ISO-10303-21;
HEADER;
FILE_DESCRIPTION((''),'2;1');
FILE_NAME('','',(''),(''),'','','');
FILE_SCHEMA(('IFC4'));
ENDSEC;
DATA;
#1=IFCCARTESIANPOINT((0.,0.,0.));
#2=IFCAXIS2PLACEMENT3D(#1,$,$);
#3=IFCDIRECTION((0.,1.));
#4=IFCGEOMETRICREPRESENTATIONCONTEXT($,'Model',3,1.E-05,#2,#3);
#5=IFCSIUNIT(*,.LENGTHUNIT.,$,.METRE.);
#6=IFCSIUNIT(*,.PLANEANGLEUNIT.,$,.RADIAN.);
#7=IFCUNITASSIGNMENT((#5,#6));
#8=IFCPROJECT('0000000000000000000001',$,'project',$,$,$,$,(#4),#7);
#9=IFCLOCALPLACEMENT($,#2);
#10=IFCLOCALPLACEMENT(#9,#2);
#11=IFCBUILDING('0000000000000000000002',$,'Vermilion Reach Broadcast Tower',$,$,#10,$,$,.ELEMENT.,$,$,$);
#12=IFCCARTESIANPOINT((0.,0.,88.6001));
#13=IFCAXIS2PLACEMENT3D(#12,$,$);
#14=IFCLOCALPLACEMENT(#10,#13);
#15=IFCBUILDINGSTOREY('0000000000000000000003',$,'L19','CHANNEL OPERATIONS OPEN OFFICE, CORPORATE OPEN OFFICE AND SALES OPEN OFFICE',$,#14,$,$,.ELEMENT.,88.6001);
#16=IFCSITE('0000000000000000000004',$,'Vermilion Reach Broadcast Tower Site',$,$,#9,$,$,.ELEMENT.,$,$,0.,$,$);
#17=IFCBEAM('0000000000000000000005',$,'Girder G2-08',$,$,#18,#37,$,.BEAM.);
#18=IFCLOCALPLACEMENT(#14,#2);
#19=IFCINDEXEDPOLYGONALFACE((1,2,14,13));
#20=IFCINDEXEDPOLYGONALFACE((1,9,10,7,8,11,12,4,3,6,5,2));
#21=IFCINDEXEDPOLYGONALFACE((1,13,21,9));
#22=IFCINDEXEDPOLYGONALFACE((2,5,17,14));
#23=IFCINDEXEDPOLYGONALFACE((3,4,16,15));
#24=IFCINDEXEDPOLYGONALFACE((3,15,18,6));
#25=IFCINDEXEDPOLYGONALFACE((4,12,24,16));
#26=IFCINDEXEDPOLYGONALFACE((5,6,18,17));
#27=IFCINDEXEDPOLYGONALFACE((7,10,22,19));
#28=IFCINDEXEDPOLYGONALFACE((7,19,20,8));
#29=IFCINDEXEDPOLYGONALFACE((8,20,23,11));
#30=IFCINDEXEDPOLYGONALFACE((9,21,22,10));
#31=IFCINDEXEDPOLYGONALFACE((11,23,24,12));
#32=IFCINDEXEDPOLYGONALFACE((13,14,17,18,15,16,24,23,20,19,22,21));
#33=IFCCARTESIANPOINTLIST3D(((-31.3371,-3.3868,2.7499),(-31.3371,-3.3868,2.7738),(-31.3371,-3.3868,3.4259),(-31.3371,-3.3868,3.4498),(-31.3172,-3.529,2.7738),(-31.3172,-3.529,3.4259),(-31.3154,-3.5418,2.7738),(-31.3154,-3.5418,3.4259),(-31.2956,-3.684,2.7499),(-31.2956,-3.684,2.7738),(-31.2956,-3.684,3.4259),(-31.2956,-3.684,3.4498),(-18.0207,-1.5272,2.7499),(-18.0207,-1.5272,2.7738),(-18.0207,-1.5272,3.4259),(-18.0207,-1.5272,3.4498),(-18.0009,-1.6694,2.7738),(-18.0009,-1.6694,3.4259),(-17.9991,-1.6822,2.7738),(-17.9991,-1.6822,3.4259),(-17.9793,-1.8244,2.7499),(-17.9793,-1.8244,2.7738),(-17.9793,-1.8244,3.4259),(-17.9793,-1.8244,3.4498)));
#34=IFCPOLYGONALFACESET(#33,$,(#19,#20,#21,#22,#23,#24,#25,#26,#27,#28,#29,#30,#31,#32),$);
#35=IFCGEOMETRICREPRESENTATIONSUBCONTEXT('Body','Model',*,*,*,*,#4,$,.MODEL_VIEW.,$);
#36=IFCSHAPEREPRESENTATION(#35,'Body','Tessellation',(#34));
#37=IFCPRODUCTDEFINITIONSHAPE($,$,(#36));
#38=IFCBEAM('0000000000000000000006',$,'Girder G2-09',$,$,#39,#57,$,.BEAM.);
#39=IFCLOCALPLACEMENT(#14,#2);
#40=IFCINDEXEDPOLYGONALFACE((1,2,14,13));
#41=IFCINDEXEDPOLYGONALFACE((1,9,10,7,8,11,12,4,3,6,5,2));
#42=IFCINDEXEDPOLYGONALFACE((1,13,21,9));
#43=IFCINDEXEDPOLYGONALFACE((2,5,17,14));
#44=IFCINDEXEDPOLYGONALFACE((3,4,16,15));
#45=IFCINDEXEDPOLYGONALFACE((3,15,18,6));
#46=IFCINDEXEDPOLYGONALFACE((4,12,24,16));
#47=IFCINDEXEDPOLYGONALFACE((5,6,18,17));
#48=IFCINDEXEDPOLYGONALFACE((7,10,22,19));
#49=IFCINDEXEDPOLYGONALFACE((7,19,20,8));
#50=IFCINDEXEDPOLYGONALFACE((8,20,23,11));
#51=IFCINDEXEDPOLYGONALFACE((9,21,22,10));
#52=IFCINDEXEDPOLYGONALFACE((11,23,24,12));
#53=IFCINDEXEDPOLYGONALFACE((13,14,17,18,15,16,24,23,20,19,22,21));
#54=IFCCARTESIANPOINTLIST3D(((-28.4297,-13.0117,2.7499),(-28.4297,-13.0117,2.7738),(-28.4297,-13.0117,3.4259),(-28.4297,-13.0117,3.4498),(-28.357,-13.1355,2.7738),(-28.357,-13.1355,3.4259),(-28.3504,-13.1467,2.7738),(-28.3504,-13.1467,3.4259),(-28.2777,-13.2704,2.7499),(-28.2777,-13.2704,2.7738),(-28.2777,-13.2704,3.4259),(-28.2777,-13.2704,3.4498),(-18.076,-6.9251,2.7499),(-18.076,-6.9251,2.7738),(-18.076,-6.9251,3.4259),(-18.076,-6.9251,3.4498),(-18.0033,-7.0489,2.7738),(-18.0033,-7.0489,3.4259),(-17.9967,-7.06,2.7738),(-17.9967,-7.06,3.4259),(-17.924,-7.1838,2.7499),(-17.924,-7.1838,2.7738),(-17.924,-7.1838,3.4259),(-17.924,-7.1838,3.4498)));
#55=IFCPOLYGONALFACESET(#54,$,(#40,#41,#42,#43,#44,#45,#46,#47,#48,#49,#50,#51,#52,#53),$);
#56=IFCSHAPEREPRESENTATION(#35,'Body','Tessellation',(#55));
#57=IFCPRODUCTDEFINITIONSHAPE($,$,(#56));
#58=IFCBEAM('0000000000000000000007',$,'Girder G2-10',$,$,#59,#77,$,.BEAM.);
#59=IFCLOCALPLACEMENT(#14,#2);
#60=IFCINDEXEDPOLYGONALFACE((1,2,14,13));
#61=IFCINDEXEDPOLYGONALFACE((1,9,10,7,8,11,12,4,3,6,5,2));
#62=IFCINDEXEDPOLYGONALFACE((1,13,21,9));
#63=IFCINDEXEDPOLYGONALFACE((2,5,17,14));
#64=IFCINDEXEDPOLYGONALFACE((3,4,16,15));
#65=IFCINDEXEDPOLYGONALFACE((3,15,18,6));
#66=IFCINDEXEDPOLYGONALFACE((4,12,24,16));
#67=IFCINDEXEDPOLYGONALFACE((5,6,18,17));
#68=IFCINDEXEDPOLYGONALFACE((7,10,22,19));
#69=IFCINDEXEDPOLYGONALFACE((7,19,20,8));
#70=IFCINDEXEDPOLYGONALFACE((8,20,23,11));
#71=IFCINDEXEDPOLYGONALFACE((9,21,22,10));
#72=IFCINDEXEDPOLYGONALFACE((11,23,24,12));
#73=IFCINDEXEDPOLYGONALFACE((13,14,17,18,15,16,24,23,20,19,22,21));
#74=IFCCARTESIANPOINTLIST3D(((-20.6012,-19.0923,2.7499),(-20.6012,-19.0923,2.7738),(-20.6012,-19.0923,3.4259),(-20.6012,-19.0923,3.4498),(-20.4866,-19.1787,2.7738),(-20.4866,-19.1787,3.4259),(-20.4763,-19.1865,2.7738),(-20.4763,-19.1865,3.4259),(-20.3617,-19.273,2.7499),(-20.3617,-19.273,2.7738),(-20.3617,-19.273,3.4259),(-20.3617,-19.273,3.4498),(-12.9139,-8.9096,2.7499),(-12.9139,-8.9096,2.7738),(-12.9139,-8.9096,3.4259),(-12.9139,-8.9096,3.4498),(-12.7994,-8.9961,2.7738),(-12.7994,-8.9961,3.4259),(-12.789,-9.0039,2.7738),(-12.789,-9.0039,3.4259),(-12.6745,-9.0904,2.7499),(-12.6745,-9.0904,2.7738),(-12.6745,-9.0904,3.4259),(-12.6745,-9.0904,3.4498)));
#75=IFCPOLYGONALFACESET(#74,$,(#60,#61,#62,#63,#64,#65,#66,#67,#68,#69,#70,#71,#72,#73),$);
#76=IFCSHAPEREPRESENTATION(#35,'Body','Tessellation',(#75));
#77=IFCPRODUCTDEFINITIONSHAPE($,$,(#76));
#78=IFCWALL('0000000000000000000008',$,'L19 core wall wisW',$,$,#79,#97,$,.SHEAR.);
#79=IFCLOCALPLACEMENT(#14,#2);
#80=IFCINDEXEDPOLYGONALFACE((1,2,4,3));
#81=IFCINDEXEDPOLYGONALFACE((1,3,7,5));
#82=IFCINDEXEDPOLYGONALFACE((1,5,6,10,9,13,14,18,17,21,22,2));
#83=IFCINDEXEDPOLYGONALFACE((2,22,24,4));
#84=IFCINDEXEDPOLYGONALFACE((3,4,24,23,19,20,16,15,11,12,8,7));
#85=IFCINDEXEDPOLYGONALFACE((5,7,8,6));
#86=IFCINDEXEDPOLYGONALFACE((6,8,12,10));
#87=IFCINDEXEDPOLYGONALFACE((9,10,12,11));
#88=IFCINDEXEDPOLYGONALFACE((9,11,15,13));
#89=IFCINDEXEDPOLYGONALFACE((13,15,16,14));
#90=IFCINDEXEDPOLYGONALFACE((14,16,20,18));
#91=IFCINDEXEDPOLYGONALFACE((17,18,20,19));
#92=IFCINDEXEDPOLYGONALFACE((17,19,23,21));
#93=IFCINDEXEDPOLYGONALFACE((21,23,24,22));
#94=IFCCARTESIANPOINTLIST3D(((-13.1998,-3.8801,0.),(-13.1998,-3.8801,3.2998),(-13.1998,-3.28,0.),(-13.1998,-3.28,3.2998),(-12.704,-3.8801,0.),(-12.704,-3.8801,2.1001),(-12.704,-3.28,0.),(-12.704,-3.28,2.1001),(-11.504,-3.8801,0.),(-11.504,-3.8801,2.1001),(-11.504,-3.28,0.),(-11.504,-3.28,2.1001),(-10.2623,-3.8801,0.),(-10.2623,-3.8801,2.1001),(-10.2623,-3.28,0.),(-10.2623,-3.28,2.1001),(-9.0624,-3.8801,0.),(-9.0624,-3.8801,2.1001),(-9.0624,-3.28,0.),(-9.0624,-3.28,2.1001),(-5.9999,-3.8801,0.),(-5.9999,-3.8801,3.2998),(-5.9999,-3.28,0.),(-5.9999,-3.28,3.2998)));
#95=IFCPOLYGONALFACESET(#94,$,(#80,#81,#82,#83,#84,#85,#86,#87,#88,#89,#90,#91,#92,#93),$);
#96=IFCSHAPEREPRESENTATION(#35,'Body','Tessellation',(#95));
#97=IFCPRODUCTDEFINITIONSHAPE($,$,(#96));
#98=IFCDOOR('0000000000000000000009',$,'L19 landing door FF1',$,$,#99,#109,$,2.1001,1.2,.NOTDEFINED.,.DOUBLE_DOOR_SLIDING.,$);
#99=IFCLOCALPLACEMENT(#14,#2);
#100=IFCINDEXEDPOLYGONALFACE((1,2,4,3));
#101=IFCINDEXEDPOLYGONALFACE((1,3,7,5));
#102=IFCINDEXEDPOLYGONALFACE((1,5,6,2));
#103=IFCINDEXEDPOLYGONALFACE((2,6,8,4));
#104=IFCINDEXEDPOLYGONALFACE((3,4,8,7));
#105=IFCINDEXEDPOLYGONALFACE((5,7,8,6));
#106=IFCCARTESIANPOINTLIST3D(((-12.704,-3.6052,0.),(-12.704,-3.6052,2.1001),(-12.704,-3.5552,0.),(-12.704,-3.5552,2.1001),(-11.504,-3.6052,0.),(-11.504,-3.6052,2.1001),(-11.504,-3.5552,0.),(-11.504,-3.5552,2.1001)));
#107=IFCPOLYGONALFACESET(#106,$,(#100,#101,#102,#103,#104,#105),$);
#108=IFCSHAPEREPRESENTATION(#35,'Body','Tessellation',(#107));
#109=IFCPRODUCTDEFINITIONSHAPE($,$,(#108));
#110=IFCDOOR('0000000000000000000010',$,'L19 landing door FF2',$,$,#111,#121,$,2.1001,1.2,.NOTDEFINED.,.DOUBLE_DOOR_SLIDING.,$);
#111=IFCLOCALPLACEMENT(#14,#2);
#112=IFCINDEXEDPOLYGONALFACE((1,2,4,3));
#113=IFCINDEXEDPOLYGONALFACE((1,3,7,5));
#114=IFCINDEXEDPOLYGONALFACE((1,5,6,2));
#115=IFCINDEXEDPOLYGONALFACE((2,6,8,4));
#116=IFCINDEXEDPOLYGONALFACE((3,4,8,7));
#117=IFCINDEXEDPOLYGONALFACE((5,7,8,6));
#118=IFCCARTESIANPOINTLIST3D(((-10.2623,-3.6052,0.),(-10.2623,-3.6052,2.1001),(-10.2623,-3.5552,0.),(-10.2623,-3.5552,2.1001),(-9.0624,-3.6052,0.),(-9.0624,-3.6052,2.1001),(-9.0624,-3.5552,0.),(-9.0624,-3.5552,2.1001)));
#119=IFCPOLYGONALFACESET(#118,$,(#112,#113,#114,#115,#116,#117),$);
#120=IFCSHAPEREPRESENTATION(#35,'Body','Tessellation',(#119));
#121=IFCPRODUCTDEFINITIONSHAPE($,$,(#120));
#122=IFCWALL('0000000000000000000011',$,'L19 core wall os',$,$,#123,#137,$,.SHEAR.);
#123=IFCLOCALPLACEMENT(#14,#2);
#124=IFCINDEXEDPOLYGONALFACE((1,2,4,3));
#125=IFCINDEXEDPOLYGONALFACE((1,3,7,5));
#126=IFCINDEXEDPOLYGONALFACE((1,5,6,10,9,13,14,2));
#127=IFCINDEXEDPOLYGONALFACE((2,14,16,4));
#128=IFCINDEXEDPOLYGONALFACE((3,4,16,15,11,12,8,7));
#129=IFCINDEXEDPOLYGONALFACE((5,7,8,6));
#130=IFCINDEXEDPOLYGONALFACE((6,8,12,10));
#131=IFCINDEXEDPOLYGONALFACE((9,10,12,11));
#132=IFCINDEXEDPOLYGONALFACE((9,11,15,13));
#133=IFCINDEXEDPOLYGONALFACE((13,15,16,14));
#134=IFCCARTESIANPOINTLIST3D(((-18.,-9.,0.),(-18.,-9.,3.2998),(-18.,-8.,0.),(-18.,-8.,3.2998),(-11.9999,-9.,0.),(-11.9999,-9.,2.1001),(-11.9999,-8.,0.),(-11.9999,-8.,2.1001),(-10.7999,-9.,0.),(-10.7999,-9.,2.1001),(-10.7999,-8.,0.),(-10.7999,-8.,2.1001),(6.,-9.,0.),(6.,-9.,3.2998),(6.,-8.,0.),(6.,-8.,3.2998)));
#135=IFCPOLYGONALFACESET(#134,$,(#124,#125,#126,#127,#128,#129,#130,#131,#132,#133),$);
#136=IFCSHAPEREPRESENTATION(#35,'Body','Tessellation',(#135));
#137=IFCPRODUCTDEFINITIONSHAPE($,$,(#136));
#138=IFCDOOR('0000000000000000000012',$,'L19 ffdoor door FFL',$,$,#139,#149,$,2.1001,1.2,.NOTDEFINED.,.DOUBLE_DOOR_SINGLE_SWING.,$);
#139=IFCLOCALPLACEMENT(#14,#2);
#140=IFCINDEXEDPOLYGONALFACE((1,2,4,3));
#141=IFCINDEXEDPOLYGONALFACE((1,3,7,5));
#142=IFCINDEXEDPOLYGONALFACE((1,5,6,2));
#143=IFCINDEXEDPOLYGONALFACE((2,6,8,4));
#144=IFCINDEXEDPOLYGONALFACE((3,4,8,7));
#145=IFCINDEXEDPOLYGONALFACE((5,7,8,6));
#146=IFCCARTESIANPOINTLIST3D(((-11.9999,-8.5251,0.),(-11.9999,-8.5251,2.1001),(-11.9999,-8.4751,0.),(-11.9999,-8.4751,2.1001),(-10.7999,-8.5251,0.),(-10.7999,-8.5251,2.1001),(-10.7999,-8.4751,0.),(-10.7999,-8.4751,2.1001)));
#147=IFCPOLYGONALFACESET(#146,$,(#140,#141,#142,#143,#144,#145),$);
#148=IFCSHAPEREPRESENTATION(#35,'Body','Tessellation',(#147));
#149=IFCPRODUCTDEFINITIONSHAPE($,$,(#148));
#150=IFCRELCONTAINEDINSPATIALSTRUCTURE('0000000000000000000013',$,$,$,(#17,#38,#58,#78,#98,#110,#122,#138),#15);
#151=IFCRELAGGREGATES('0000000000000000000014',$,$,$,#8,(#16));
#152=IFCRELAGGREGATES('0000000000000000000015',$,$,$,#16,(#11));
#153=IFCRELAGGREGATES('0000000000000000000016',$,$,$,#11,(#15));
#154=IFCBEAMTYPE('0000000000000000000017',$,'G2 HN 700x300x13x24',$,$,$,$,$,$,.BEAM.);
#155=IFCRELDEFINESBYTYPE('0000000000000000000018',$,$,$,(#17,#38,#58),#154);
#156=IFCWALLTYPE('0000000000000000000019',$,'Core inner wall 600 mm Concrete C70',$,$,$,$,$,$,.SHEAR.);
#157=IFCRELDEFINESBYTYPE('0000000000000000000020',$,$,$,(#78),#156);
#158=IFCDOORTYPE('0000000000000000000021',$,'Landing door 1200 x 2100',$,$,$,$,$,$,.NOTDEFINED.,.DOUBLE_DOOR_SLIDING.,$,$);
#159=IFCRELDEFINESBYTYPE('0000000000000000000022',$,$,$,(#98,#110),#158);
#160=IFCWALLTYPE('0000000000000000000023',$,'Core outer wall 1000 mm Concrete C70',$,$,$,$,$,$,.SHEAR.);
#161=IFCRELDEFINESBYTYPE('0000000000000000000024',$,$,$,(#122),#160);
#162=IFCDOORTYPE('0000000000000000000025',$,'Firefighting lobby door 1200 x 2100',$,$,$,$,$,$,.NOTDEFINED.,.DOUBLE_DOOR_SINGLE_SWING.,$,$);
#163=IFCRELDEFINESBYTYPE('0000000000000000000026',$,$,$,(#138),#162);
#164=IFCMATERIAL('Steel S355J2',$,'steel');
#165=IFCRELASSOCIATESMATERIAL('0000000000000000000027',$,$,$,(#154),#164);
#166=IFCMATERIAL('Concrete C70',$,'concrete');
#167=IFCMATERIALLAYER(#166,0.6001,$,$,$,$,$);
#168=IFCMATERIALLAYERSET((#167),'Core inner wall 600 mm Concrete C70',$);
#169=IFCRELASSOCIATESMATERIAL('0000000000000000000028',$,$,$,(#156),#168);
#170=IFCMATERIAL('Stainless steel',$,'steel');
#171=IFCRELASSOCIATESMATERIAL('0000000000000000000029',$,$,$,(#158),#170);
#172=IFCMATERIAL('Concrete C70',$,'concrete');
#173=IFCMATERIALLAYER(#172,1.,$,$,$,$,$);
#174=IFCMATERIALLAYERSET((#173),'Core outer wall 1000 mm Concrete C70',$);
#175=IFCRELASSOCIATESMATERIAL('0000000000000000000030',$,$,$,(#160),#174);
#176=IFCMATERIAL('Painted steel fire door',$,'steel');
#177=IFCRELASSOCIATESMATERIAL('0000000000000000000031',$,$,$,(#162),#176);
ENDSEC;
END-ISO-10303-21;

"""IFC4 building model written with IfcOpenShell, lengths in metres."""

from ifc_helpers import new_model, si_unit, direction, frame, frame_2d, origin, origin_2d, place, context, subcontext, project, spatial, rectangle, i_section, extrude, material, layer, layer_set, material_profile, profile_set, type_object, element, fill, save


model = new_model("IFC4")

# Units and contexts
model_context = context("Model", 3, precision=1e-05, world=origin(), true_north=direction((0.0, 1.0)))
body_context = subcontext(model_context, "Body", "Model", "MODEL_VIEW")
ifc_project = project(units=[si_unit("LENGTHUNIT", "METRE"), si_unit("PLANEANGLEUNIT", "RADIAN")], contexts=[model_context])

# Site, building, storey
site_placement = place(None, origin())
site = spatial("IfcSite", under=ifc_project, at=site_placement, Name="Vermilion Reach Broadcast Tower Site", CompositionType="ELEMENT", RefElevation=0.0)
building_placement = place(site_placement, origin())
building = spatial("IfcBuilding", under=site, at=building_placement, Name="Vermilion Reach Broadcast Tower", CompositionType="ELEMENT")
storey_placement = place(building_placement, frame((0.0, 0.0, 88.6001)))
storey = spatial("IfcBuildingStorey", under=building, at=storey_placement, Name="L19", Description="CHANNEL OPERATIONS OPEN OFFICE, CORPORATE OPEN OFFICE AND SALES OPEN OFFICE", CompositionType="ELEMENT", Elevation=88.6001)

# Beams
ifc_material_1 = material(Name="Steel S355J2", Category="steel")
ifc_material_profile = material_profile(ifc_material_1, i_section(OverallWidth=0.3, OverallDepth=0.7, WebThickness=0.0129, FlangeThickness=0.0239, at=origin_2d()), Name="S355J2 HN 700x300x13x24")
ifc_profile_set = profile_set([ifc_material_profile], Name="Steel S355J2")
beam_type = type_object("IfcBeamType", Name="G2 HN 700x300x13x24", PredefinedType="BEAM", material=ifc_profile_set)
beam_1_placement = place(storey_placement, frame((-18.0, -1.6758, 3.0999), z_axis=(-0.990389, -0.138307, 0.0), x_axis=(0.138307, -0.990389, 0.0)))
element("IfcBeam", 1, at=beam_1_placement, inside=storey, type_object=beam_type, Name="Girder G2-08", PredefinedType="BEAM", context=body_context, shape_type="SweptSolid", body=[
    extrude(i_section(OverallWidth=0.3, OverallDepth=0.7, WebThickness=0.0129, FlangeThickness=0.0239, at=origin_2d()), origin(), (0.0, 0.0, 1.0), 13.4456),
])
beam_2_placement = place(storey_placement, frame((-18.0, -7.0544, 3.0999), z_axis=(-0.862072, -0.506786, 0.0), x_axis=(0.506786, -0.862072, 0.0)))
element("IfcBeam", 2, at=beam_2_placement, inside=storey, type_object=beam_type, Name="Girder G2-09", PredefinedType="BEAM", context=body_context, shape_type="SweptSolid", body=[
    extrude(i_section(OverallWidth=0.3, OverallDepth=0.7, WebThickness=0.0129, FlangeThickness=0.0239, at=origin_2d()), origin(), (0.0, 0.0, 1.0), 12.0103),
])
beam_3_placement = place(storey_placement, frame((-12.7942, -9.0, 3.0999), z_axis=(-0.60252, -0.798104, 0.0), x_axis=(0.798104, -0.60252, 0.0)))
element("IfcBeam", 3, at=beam_3_placement, inside=storey, type_object=beam_type, Name="Girder G2-10", PredefinedType="BEAM", context=body_context, shape_type="SweptSolid", body=[
    extrude(i_section(OverallWidth=0.3, OverallDepth=0.7, WebThickness=0.0129, FlangeThickness=0.0239, at=origin_2d()), origin(), (0.0, 0.0, 1.0), 12.7585),
])

# Wall, openings, doors
ifc_material_2 = material(Name="Concrete C70", Category="concrete")
ifc_layer_1 = layer(ifc_material_2, 0.6001)
ifc_layer_set_1 = layer_set([ifc_layer_1], Name="Core inner wall 600 mm Concrete C70")
wall_type_1 = type_object("IfcWallType", Name="Core inner wall 600 mm Concrete C70", PredefinedType="SHEAR", material=ifc_layer_set_1)
wall_1_placement = place(storey_placement, frame((-13.2, -3.5801, 0.0), z_axis=(0.0, 0.0, 1.0), x_axis=(1.0, 0.0, 0.0)))
wall_1 = element("IfcWall", 4, at=wall_1_placement, inside=storey, type_object=wall_type_1, Name="L19 core wall wisW", PredefinedType="SHEAR", context=body_context, shape_type="SweptSolid", body=[
    extrude(rectangle(XDim=7.2, YDim=0.6001, at=frame_2d((3.6001, 0.0))), origin(), (0.0, 0.0, 1.0), 3.2998),
])
opening_1_placement = place(wall_1_placement, frame((0.4958, 0.0, 0.0)))
opening_1 = element("IfcOpeningElement", 5, at=opening_1_placement, cuts=wall_1, PredefinedType="OPENING", context=body_context, shape_type="SweptSolid", body=[
    extrude(rectangle(XDim=1.2, YDim=2.1001, at=frame_2d((0.6001, 1.05))), frame((0.0, 0.3101, 0.0), z_axis=(0.0, -1.0, 0.0), x_axis=(1.0, 0.0, 0.0)), (0.0, 0.0, 1.0), 0.6201),
])
opening_2_placement = place(wall_1_placement, frame((2.9375, 0.0, 0.0)))
opening_2 = element("IfcOpeningElement", 6, at=opening_2_placement, cuts=wall_1, PredefinedType="OPENING", context=body_context, shape_type="SweptSolid", body=[
    extrude(rectangle(XDim=1.2, YDim=2.1001, at=frame_2d((0.6001, 1.05))), frame((0.0, 0.3101, 0.0), z_axis=(0.0, -1.0, 0.0), x_axis=(1.0, 0.0, 0.0)), (0.0, 0.0, 1.0), 0.6201),
])
ifc_material_3 = material(Name="Stainless steel", Category="steel")
door_type_1 = type_object("IfcDoorType", Name="Landing door 1200 x 2100", OperationType="DOUBLE_DOOR_SLIDING", PredefinedType="NOTDEFINED", material=ifc_material_3)
door_1_placement = place(opening_1_placement, origin())
door_1 = element("IfcDoor", 7, at=door_1_placement, inside=storey, type_object=door_type_1, Name="L19 landing door FF1", OperationType="DOUBLE_DOOR_SLIDING", OverallHeight=2.1001, OverallWidth=1.2, PredefinedType="NOTDEFINED", context=body_context, shape_type="SweptSolid", body=[
    extrude(rectangle(XDim=1.2, YDim=2.1001, at=frame_2d((0.6001, 1.05))), frame((0.0, 0.0249, 0.0), z_axis=(0.0, -1.0, 0.0), x_axis=(1.0, 0.0, 0.0)), (0.0, 0.0, 1.0), 0.05),
])
fill(opening_1, door_1)
door_2_placement = place(opening_2_placement, origin())
door_2 = element("IfcDoor", 8, at=door_2_placement, inside=storey, type_object=door_type_1, Name="L19 landing door FF2", OperationType="DOUBLE_DOOR_SLIDING", OverallHeight=2.1001, OverallWidth=1.2, PredefinedType="NOTDEFINED", context=body_context, shape_type="SweptSolid", body=[
    extrude(rectangle(XDim=1.2, YDim=2.1001, at=frame_2d((0.6001, 1.05))), frame((0.0, 0.0249, 0.0), z_axis=(0.0, -1.0, 0.0), x_axis=(1.0, 0.0, 0.0)), (0.0, 0.0, 1.0), 0.05),
])
fill(opening_2, door_2)

# Wall, opening, door
ifc_material_4 = material(Name="Concrete C70", Category="concrete")
ifc_layer_2 = layer(ifc_material_4, 1.0)
ifc_layer_set_2 = layer_set([ifc_layer_2], Name="Core outer wall 1000 mm Concrete C70")
wall_type_2 = type_object("IfcWallType", Name="Core outer wall 1000 mm Concrete C70", PredefinedType="SHEAR", material=ifc_layer_set_2)
wall_2_placement = place(storey_placement, frame((-18.0, -8.5, 0.0), z_axis=(0.0, 0.0, 1.0), x_axis=(1.0, 0.0, 0.0)))
wall_2 = element("IfcWall", 9, at=wall_2_placement, inside=storey, type_object=wall_type_2, Name="L19 core wall os", PredefinedType="SHEAR", context=body_context, shape_type="SweptSolid", body=[
    extrude(rectangle(XDim=24.0, YDim=1.0, at=frame_2d((12.0, 0.0))), origin(), (0.0, 0.0, 1.0), 3.2998),
])
opening_3_placement = place(wall_2_placement, frame((6.0, 0.0, 0.0)))
opening_3 = element("IfcOpeningElement", 10, at=opening_3_placement, cuts=wall_2, PredefinedType="OPENING", context=body_context, shape_type="SweptSolid", body=[
    extrude(rectangle(XDim=1.2, YDim=2.1001, at=frame_2d((0.6001, 1.05))), frame((0.0, 0.51, 0.0), z_axis=(0.0, -1.0, 0.0), x_axis=(1.0, 0.0, 0.0)), (0.0, 0.0, 1.0), 1.02),
])
ifc_material_5 = material(Name="Painted steel fire door", Category="steel")
door_type_2 = type_object("IfcDoorType", Name="Firefighting lobby door 1200 x 2100", OperationType="DOUBLE_DOOR_SINGLE_SWING", PredefinedType="NOTDEFINED", material=ifc_material_5)
door_3_placement = place(opening_3_placement, origin())
door_3 = element("IfcDoor", 11, at=door_3_placement, inside=storey, type_object=door_type_2, Name="L19 ffdoor door FFL", OperationType="DOUBLE_DOOR_SINGLE_SWING", OverallHeight=2.1001, OverallWidth=1.2, PredefinedType="NOTDEFINED", context=body_context, shape_type="SweptSolid", body=[
    extrude(rectangle(XDim=1.2, YDim=2.1001, at=frame_2d((0.6001, 1.05))), frame((0.0, 0.0249, 0.0), z_axis=(0.0, -1.0, 0.0), x_axis=(1.0, 0.0, 0.0)), (0.0, 0.0, 1.0), 0.05),
])
fill(opening_3, door_3)

save(model, "model.ifc")
